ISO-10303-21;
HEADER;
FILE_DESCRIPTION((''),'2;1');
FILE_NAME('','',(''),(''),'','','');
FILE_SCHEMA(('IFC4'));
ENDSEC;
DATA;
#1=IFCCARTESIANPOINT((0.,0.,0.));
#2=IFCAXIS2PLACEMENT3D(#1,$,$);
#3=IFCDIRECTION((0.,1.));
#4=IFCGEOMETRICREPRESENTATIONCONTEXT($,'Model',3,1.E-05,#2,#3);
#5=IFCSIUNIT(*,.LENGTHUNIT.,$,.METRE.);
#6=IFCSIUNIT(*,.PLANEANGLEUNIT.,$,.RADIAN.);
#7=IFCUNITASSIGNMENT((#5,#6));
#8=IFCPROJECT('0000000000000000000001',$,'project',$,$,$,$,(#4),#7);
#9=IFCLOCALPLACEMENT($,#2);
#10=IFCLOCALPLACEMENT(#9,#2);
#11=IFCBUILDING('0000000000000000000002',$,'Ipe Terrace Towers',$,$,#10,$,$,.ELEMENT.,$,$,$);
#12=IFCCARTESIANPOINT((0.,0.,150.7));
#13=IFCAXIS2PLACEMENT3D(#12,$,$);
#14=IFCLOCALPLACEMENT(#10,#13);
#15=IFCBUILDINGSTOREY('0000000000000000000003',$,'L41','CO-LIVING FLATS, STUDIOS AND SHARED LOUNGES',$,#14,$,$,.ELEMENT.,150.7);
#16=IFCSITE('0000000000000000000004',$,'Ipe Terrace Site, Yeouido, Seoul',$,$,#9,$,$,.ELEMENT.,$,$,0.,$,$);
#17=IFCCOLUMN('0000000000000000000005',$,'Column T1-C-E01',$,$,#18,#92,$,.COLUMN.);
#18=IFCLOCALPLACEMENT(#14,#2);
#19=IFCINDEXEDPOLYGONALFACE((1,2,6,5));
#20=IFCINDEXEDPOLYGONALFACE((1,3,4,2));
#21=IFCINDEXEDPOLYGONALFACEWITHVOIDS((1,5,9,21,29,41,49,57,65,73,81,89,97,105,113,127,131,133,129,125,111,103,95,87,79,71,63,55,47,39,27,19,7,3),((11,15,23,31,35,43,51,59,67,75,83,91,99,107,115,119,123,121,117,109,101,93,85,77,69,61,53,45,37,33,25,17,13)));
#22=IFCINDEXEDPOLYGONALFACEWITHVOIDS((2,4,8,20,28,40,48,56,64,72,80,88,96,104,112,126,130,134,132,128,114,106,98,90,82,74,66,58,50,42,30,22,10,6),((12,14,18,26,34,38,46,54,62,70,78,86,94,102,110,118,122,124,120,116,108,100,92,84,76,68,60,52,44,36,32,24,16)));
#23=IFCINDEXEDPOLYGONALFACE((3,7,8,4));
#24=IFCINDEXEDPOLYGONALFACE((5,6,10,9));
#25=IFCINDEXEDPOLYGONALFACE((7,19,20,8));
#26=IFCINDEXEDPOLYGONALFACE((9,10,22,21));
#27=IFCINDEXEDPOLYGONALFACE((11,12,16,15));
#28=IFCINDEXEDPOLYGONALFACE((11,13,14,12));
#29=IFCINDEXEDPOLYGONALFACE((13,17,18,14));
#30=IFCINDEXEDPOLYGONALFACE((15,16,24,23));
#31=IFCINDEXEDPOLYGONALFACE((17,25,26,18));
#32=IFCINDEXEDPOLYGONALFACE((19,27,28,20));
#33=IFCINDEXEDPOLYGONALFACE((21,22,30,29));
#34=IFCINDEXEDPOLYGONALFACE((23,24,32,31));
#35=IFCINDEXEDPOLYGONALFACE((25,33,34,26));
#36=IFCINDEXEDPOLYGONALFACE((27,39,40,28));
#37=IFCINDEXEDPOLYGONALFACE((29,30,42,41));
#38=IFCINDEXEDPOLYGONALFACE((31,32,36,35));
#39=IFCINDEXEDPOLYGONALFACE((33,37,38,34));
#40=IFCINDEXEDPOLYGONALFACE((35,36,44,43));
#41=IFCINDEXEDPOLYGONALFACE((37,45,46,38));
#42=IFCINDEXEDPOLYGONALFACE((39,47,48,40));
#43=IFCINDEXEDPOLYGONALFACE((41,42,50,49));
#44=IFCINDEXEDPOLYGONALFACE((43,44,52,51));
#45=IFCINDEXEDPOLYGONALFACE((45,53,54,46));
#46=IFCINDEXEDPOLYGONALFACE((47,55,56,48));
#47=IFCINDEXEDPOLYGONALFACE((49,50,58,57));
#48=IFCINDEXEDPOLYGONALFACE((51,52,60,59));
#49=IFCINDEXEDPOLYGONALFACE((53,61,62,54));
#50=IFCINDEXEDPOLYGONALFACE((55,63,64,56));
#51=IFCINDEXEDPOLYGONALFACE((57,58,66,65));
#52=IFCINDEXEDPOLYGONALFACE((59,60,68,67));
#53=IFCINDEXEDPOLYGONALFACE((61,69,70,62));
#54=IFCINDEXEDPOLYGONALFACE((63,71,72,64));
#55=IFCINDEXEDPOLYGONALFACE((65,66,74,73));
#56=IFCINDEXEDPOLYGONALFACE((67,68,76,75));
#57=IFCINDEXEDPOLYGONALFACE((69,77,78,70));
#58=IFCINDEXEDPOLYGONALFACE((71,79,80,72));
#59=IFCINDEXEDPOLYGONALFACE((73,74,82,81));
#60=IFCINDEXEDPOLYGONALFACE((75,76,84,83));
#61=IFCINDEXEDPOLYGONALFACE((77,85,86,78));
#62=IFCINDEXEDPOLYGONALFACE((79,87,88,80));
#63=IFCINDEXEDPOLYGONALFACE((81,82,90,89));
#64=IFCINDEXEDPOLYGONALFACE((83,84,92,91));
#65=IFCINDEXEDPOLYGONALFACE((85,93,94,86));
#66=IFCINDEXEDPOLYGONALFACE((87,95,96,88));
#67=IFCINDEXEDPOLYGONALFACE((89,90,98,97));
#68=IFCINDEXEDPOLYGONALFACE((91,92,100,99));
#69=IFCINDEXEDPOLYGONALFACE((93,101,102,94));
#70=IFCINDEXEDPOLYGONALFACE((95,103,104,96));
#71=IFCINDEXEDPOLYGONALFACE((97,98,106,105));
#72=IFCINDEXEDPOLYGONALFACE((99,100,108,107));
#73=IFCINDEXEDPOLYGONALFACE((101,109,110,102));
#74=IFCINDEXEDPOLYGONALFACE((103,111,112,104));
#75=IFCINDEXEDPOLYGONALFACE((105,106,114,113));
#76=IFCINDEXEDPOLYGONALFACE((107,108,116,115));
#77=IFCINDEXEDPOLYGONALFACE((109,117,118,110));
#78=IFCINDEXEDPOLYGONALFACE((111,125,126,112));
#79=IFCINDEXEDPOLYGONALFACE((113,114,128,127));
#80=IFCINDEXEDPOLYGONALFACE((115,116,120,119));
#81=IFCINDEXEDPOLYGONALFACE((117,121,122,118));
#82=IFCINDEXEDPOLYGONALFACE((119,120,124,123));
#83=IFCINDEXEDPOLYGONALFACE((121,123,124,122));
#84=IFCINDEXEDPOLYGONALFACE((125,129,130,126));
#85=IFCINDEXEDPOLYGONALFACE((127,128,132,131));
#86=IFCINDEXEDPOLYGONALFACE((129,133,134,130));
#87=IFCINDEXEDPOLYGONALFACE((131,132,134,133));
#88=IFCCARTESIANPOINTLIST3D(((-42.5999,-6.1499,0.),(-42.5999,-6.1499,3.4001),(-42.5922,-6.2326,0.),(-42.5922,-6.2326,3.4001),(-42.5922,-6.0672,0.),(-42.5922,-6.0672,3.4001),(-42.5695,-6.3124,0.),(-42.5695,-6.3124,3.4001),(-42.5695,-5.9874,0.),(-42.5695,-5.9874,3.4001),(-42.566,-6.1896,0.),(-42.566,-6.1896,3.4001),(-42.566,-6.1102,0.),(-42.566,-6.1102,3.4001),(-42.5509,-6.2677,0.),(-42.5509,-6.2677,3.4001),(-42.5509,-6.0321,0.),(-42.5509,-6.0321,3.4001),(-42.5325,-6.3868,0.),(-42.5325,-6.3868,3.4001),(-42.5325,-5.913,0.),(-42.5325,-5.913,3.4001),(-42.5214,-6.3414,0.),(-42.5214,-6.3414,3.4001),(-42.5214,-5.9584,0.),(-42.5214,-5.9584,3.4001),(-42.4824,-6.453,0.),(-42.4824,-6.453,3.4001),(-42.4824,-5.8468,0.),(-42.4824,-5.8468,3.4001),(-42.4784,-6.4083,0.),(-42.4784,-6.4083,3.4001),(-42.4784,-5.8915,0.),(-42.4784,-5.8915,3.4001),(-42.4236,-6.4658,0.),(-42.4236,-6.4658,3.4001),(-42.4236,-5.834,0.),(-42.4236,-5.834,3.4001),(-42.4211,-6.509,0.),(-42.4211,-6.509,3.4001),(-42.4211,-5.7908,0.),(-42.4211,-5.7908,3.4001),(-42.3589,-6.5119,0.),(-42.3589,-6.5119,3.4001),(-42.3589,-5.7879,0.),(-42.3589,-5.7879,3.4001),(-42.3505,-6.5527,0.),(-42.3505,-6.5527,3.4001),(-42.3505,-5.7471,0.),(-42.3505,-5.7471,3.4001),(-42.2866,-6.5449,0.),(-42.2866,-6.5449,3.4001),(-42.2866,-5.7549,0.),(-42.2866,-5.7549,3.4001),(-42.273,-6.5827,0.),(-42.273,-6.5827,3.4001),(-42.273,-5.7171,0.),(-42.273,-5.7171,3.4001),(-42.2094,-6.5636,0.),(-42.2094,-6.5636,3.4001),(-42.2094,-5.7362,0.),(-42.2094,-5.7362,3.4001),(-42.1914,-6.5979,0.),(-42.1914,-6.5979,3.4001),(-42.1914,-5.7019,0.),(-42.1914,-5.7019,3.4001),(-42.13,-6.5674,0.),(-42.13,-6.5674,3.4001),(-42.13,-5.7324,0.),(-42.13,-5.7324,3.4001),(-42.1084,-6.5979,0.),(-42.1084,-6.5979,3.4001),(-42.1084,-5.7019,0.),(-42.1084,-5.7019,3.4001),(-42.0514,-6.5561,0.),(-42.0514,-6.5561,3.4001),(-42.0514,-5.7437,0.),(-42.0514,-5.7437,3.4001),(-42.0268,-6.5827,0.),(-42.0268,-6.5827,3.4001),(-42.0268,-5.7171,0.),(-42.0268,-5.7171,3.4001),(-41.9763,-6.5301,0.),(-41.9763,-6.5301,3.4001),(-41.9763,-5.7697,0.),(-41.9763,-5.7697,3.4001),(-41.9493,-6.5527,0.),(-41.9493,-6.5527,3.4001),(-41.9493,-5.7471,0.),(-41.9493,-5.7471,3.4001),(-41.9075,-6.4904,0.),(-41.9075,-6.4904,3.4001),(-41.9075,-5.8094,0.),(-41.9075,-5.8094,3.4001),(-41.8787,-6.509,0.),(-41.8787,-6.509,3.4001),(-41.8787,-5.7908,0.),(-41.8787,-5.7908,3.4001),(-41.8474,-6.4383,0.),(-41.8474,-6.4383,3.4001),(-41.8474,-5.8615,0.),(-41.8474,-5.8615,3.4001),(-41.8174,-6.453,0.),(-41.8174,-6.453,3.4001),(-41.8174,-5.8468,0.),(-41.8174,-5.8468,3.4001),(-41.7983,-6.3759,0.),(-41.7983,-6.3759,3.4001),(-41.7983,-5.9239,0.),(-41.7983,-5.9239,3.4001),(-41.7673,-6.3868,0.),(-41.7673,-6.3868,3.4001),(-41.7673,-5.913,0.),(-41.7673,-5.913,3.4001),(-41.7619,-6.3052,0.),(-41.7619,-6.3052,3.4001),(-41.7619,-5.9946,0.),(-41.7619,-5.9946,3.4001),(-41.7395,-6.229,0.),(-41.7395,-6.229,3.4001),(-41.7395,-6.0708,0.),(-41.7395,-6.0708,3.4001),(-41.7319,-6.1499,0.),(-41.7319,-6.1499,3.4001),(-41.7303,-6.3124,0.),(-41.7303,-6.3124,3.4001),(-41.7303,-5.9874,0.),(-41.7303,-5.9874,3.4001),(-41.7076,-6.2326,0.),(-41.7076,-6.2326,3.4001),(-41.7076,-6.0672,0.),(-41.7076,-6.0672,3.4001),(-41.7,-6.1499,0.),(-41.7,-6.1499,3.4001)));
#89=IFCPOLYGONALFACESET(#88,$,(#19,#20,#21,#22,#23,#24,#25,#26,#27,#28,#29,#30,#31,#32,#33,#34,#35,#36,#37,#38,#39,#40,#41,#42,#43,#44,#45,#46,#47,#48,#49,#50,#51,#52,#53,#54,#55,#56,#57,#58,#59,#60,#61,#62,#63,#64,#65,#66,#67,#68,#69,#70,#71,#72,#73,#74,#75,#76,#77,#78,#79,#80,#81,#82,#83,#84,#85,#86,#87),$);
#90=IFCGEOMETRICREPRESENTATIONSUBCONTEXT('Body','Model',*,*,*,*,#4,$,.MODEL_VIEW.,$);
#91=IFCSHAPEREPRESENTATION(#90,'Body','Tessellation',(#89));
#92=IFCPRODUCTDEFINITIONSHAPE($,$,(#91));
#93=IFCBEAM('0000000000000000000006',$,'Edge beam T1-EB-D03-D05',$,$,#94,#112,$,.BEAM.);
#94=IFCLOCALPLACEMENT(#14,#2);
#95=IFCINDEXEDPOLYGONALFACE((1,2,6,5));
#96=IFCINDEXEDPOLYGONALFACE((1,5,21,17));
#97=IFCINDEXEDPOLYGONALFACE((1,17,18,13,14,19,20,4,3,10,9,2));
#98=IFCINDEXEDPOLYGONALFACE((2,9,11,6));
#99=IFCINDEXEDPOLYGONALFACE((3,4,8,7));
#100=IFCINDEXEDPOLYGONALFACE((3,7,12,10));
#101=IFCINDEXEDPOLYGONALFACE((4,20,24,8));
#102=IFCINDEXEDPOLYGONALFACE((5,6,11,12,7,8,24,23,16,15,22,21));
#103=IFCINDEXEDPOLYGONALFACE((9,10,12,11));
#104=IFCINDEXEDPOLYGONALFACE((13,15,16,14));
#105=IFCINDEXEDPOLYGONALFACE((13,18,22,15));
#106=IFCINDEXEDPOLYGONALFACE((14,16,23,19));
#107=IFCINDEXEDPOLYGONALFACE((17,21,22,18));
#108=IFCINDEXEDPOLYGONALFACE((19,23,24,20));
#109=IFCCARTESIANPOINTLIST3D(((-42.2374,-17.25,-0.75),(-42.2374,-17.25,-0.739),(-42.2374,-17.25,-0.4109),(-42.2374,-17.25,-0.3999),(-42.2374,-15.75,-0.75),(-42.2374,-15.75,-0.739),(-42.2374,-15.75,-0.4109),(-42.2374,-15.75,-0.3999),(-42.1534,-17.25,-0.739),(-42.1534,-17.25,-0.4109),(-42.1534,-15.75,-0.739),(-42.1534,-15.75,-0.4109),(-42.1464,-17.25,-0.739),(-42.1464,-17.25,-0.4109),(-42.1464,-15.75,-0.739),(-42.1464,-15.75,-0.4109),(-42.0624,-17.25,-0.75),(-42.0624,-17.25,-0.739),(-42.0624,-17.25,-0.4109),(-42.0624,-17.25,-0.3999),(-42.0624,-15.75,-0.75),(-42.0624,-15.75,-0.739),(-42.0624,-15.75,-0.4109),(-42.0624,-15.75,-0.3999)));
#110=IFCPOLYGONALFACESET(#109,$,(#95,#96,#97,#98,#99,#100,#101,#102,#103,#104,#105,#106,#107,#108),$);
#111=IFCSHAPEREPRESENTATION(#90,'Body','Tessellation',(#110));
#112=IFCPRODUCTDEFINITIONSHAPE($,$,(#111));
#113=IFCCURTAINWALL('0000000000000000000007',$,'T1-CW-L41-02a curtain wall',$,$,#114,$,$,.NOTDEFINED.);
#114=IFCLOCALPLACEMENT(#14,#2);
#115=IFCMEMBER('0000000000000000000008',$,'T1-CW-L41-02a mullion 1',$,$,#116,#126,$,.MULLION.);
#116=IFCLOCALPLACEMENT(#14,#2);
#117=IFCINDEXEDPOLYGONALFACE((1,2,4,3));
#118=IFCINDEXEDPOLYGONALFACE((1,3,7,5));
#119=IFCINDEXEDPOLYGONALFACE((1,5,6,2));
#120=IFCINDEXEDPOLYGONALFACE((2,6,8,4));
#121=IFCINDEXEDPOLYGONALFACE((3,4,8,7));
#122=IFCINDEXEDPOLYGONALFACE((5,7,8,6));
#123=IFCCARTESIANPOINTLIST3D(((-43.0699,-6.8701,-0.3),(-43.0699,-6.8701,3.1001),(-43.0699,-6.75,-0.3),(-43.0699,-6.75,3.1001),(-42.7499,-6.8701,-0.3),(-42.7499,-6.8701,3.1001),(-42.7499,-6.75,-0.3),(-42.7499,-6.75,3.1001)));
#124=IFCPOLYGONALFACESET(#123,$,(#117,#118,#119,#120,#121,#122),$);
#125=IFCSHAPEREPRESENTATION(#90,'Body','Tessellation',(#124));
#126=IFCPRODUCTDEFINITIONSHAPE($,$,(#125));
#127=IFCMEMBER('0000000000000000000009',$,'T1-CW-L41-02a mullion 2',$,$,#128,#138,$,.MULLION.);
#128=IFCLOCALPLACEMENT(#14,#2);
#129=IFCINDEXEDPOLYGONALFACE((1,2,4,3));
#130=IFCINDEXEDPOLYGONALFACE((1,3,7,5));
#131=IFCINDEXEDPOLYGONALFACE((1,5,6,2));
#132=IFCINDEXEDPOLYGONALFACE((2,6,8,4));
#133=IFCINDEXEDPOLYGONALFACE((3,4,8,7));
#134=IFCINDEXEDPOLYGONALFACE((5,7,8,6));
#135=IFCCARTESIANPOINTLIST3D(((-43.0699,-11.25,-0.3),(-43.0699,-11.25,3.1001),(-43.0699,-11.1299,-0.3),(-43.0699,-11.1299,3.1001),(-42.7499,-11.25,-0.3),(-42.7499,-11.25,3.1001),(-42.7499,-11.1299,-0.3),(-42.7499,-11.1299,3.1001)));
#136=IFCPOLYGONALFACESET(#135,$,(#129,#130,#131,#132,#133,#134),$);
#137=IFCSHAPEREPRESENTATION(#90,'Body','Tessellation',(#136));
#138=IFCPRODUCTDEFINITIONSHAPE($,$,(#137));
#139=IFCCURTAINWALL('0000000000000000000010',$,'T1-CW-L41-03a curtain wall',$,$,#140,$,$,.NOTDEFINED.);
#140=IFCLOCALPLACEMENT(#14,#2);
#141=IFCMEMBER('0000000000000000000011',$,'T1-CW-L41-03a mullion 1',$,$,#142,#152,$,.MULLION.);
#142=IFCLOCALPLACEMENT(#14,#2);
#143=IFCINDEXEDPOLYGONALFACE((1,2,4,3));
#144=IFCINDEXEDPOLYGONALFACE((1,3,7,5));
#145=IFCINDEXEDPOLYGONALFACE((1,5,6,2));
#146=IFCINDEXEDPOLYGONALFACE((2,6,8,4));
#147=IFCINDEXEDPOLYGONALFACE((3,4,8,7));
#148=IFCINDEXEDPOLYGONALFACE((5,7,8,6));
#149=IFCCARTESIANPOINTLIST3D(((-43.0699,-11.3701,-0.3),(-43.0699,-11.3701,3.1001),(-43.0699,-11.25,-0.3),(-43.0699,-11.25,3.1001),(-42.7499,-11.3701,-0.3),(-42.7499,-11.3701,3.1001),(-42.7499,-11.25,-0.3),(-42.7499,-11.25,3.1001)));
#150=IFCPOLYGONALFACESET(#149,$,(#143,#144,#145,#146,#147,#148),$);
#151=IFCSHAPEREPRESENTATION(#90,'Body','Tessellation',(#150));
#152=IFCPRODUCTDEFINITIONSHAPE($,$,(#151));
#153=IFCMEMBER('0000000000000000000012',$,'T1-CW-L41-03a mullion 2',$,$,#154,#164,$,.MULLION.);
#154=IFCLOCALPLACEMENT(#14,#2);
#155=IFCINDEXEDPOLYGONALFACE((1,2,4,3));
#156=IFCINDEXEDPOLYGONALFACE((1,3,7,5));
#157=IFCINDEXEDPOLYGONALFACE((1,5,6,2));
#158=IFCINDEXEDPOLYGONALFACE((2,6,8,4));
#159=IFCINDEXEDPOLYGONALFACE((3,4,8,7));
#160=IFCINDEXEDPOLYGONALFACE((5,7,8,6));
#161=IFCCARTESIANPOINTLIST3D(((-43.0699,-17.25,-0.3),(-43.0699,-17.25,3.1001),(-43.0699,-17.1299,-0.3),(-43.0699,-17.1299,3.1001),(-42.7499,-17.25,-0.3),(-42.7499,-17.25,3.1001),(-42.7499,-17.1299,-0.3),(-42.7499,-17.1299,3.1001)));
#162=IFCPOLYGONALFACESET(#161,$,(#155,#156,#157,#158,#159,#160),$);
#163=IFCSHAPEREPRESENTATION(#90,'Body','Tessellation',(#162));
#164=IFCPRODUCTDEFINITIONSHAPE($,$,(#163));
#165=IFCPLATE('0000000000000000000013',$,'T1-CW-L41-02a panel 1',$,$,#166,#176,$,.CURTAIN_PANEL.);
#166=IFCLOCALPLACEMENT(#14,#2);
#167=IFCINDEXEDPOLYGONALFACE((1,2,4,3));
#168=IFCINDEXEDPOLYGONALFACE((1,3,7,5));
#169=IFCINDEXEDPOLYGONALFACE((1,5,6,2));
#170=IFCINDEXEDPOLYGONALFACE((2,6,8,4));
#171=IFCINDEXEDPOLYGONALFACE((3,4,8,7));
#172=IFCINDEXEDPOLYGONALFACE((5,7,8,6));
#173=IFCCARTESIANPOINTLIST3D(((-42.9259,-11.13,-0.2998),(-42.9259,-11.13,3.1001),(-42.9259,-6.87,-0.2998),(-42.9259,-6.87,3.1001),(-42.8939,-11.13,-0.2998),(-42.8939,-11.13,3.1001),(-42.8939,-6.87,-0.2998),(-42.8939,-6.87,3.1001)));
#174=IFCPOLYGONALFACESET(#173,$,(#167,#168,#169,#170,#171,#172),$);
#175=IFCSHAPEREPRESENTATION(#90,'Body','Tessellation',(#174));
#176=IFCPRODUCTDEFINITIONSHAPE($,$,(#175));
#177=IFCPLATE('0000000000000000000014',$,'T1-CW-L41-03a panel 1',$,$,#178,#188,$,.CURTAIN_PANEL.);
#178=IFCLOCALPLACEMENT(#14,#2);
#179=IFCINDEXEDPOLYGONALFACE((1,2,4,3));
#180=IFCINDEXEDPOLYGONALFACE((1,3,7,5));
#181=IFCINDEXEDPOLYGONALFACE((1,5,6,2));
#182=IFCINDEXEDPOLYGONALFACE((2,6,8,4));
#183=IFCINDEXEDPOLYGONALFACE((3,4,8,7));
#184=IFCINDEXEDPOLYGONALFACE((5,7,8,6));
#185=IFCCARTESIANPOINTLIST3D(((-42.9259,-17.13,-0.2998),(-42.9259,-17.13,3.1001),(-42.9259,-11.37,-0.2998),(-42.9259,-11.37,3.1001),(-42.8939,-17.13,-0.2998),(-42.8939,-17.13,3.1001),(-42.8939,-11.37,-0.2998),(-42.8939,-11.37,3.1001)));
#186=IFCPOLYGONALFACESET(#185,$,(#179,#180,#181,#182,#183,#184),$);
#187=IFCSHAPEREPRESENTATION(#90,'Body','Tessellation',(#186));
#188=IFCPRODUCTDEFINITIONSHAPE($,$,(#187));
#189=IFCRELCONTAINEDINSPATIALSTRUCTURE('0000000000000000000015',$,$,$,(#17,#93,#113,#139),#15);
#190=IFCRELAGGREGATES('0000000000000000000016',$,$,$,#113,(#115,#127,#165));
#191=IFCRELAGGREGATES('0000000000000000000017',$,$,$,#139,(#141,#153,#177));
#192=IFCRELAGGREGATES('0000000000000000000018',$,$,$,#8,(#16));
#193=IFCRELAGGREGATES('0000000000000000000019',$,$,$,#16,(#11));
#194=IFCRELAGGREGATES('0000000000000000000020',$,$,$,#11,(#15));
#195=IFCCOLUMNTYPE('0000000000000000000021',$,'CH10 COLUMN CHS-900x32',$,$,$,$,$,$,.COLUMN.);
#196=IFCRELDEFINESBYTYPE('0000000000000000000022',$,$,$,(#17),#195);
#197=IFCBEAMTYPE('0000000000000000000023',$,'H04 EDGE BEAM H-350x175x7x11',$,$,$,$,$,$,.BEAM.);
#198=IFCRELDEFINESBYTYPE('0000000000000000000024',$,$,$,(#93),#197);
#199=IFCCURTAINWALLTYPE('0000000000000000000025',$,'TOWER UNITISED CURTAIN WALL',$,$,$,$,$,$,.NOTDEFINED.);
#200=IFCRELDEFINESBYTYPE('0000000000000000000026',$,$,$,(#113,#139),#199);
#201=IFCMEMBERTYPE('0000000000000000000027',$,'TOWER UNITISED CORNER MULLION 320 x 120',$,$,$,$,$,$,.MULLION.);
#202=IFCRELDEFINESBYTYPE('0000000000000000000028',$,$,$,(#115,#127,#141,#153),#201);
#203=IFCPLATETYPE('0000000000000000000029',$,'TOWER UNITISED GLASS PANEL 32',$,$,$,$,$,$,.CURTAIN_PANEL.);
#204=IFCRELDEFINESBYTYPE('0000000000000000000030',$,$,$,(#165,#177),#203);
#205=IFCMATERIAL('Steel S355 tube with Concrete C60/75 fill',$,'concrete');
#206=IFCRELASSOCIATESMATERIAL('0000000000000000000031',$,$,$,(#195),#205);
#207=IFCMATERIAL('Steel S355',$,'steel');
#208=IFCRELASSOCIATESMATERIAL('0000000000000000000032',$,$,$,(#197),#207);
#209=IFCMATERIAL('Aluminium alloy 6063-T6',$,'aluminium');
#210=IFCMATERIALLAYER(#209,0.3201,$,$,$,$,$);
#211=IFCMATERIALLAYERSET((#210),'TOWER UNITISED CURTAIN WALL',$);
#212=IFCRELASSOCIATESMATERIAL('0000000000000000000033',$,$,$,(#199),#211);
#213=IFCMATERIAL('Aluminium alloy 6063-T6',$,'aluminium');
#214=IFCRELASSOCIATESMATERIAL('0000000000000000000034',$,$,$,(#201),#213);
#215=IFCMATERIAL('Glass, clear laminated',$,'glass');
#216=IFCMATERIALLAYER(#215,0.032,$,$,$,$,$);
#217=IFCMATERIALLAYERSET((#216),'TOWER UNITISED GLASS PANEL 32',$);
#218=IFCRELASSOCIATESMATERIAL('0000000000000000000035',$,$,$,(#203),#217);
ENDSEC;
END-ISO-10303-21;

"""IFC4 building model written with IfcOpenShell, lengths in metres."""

from ifc_helpers import new_model, si_unit, direction, frame, origin, origin_2d, place, context, subcontext, project, spatial, rectangle, hollow_circle, i_section, extrude, material, layer, layer_set, material_profile, profile_set, type_object, element, aggregate, save


model = new_model("IFC4")

# Units and contexts
model_context = context("Model", 3, precision=1e-05, world=origin(), true_north=direction((0.0, 1.0)))
body_context = subcontext(model_context, "Body", "Model", "MODEL_VIEW")
ifc_project = project(units=[si_unit("LENGTHUNIT", "METRE"), si_unit("PLANEANGLEUNIT", "RADIAN")], contexts=[model_context])

# Site, building, storey
site_placement = place(None, origin())
site = spatial("IfcSite", under=ifc_project, at=site_placement, Name="Ipe Terrace Site, Yeouido, Seoul", CompositionType="ELEMENT", RefElevation=0.0)
building_placement = place(site_placement, origin())
building = spatial("IfcBuilding", under=site, at=building_placement, Name="Ipe Terrace Towers", CompositionType="ELEMENT")
storey_placement = place(building_placement, frame((0.0, 0.0, 150.7)))
storey = spatial("IfcBuildingStorey", under=building, at=storey_placement, Name="L41", Description="CO-LIVING FLATS, STUDIOS AND SHARED LOUNGES", CompositionType="ELEMENT", Elevation=150.7)

# Column
ifc_material_1 = material(Name="Steel S355 tube with Concrete C60/75 fill", Category="concrete")
ifc_material_profile_1 = material_profile(ifc_material_1, hollow_circle(Radius=0.45, WallThickness=0.032, at=origin_2d()), Name="CHS-900x32")
ifc_profile_set_1 = profile_set([ifc_material_profile_1], Name="Steel S355 tube with Concrete C60/75 fill")
column_type_1 = type_object("IfcColumnType", Name="CH10 COLUMN CHS-900x32", PredefinedType="COLUMN", material=ifc_profile_set_1)
column_placement = place(storey_placement, frame((-42.1499, -6.1499, 0.0), z_axis=(0.0, 0.0, 1.0), x_axis=(1.0, 0.0, 0.0)))
element("IfcColumn", 1, at=column_placement, inside=storey, type_object=column_type_1, Name="Column T1-C-E01", PredefinedType="COLUMN", context=body_context, shape_type="SweptSolid", body=[
    extrude(hollow_circle(Radius=0.45, WallThickness=0.032, at=origin_2d()), origin(), (0.0, 0.0, 1.0), 3.4001),
])

# Beam
ifc_material_2 = material(Name="Steel S355", Category="steel")
ifc_material_profile_2 = material_profile(ifc_material_2, i_section(OverallWidth=0.175, OverallDepth=0.3501, WebThickness=0.0071, FlangeThickness=0.011, at=origin_2d()), Name="H-350x175x7x11")
ifc_profile_set_2 = profile_set([ifc_material_profile_2], Name="Steel S355")
beam_type = type_object("IfcBeamType", Name="H04 EDGE BEAM H-350x175x7x11", PredefinedType="BEAM", material=ifc_profile_set_2)
beam_placement = place(storey_placement, frame((-42.1499, -15.75, -0.575), z_axis=(0.0, -1.0, 0.0), x_axis=(1.0, 0.0, 0.0)))
element("IfcBeam", 2, at=beam_placement, inside=storey, type_object=beam_type, Name="Edge beam T1-EB-D03-D05", PredefinedType="BEAM", context=body_context, shape_type="SweptSolid", body=[
    extrude(i_section(OverallWidth=0.175, OverallDepth=0.3501, WebThickness=0.0071, FlangeThickness=0.011, at=origin_2d()), origin(), (0.0, 0.0, 1.0), 1.5),
])

# Curtain walls, members
ifc_material_3 = material(Name="Aluminium alloy 6063-T6", Category="aluminium")
ifc_layer_1 = layer(ifc_material_3, 0.3201)
ifc_layer_set_1 = layer_set([ifc_layer_1], Name="TOWER UNITISED CURTAIN WALL")
curtain_wall_type = type_object("IfcCurtainWallType", Name="TOWER UNITISED CURTAIN WALL", PredefinedType="NOTDEFINED", material=ifc_layer_set_1)
curtain_wall_1_placement = place(storey_placement, origin())
curtain_wall_1 = element("IfcCurtainWall", 3, at=curtain_wall_1_placement, inside=storey, type_object=curtain_wall_type, Name="T1-CW-L41-02a curtain wall", PredefinedType="NOTDEFINED")
ifc_material_4 = material(Name="Aluminium alloy 6063-T6", Category="aluminium")
ifc_material_profile_3 = material_profile(ifc_material_4, rectangle(XDim=0.3201, YDim=0.1201, at=origin_2d()), Name="TOWER UNITISED CORNER MULLION 320 x 120")
ifc_profile_set_3 = profile_set([ifc_material_profile_3], Name="Aluminium alloy 6063-T6")
member_type = type_object("IfcMemberType", Name="TOWER UNITISED CORNER MULLION 320 x 120", PredefinedType="MULLION", material=ifc_profile_set_3)
member_1_placement = place(storey_placement, frame((-42.9099, -6.8101, -0.3), z_axis=(0.0, 0.0, 1.0), x_axis=(-1.0, 0.0, 0.0)))
member_1 = element("IfcMember", 4, at=member_1_placement, type_object=member_type, Name="T1-CW-L41-02a mullion 1", PredefinedType="MULLION", context=body_context, shape_type="SweptSolid", body=[
    extrude(rectangle(XDim=0.3201, YDim=0.1201, at=origin_2d()), origin(), (0.0, 0.0, 1.0), 3.4001),
])
member_2_placement = place(storey_placement, frame((-42.9099, -11.1899, -0.3), z_axis=(0.0, 0.0, 1.0), x_axis=(-1.0, 0.0, 0.0)))
member_2 = element("IfcMember", 5, at=member_2_placement, type_object=member_type, Name="T1-CW-L41-02a mullion 2", PredefinedType="MULLION", context=body_context, shape_type="SweptSolid", body=[
    extrude(rectangle(XDim=0.3201, YDim=0.1201, at=origin_2d()), origin(), (0.0, 0.0, 1.0), 3.4001),
])
curtain_wall_2_placement = place(storey_placement, origin())
curtain_wall_2 = element("IfcCurtainWall", 6, at=curtain_wall_2_placement, inside=storey, type_object=curtain_wall_type, Name="T1-CW-L41-03a curtain wall", PredefinedType="NOTDEFINED")
member_3_placement = place(storey_placement, frame((-42.9099, -11.3101, -0.3), z_axis=(0.0, 0.0, 1.0), x_axis=(-1.0, 0.0, 0.0)))
member_3 = element("IfcMember", 7, at=member_3_placement, type_object=member_type, Name="T1-CW-L41-03a mullion 1", PredefinedType="MULLION", context=body_context, shape_type="SweptSolid", body=[
    extrude(rectangle(XDim=0.3201, YDim=0.1201, at=origin_2d()), origin(), (0.0, 0.0, 1.0), 3.4001),
])
member_4_placement = place(storey_placement, frame((-42.9099, -17.1899, -0.3), z_axis=(0.0, 0.0, 1.0), x_axis=(-1.0, 0.0, 0.0)))
member_4 = element("IfcMember", 8, at=member_4_placement, type_object=member_type, Name="T1-CW-L41-03a mullion 2", PredefinedType="MULLION", context=body_context, shape_type="SweptSolid", body=[
    extrude(rectangle(XDim=0.3201, YDim=0.1201, at=origin_2d()), origin(), (0.0, 0.0, 1.0), 3.4001),
])

# Plates
ifc_material_5 = material(Name="Glass, clear laminated", Category="glass")
ifc_layer_2 = layer(ifc_material_5, 0.032)
ifc_layer_set_2 = layer_set([ifc_layer_2], Name="TOWER UNITISED GLASS PANEL 32")
plate_type = type_object("IfcPlateType", Name="TOWER UNITISED GLASS PANEL 32", PredefinedType="CURTAIN_PANEL", material=ifc_layer_set_2)
plate_1_placement = place(storey_placement, frame((-42.9099, -9.0, -0.2998), z_axis=(0.0, 0.0, 1.0), x_axis=(0.0, -1.0, 0.0)))
plate_1 = element("IfcPlate", 9, at=plate_1_placement, type_object=plate_type, Name="T1-CW-L41-02a panel 1", PredefinedType="CURTAIN_PANEL", context=body_context, shape_type="SweptSolid", body=[
    extrude(rectangle(XDim=4.26, YDim=0.032, at=origin_2d()), origin(), (0.0, 0.0, 1.0), 3.3999),
])
aggregate(curtain_wall_1, [member_1, member_2, plate_1])
plate_2_placement = place(storey_placement, frame((-42.9099, -14.25, -0.2998), z_axis=(0.0, 0.0, 1.0), x_axis=(0.0, -1.0, 0.0)))
plate_2 = element("IfcPlate", 10, at=plate_2_placement, type_object=plate_type, Name="T1-CW-L41-03a panel 1", PredefinedType="CURTAIN_PANEL", context=body_context, shape_type="SweptSolid", body=[
    extrude(rectangle(XDim=5.76, YDim=0.032, at=origin_2d()), origin(), (0.0, 0.0, 1.0), 3.3999),
])
aggregate(curtain_wall_2, [member_3, member_4, plate_2])

save(model, "model.ifc")
